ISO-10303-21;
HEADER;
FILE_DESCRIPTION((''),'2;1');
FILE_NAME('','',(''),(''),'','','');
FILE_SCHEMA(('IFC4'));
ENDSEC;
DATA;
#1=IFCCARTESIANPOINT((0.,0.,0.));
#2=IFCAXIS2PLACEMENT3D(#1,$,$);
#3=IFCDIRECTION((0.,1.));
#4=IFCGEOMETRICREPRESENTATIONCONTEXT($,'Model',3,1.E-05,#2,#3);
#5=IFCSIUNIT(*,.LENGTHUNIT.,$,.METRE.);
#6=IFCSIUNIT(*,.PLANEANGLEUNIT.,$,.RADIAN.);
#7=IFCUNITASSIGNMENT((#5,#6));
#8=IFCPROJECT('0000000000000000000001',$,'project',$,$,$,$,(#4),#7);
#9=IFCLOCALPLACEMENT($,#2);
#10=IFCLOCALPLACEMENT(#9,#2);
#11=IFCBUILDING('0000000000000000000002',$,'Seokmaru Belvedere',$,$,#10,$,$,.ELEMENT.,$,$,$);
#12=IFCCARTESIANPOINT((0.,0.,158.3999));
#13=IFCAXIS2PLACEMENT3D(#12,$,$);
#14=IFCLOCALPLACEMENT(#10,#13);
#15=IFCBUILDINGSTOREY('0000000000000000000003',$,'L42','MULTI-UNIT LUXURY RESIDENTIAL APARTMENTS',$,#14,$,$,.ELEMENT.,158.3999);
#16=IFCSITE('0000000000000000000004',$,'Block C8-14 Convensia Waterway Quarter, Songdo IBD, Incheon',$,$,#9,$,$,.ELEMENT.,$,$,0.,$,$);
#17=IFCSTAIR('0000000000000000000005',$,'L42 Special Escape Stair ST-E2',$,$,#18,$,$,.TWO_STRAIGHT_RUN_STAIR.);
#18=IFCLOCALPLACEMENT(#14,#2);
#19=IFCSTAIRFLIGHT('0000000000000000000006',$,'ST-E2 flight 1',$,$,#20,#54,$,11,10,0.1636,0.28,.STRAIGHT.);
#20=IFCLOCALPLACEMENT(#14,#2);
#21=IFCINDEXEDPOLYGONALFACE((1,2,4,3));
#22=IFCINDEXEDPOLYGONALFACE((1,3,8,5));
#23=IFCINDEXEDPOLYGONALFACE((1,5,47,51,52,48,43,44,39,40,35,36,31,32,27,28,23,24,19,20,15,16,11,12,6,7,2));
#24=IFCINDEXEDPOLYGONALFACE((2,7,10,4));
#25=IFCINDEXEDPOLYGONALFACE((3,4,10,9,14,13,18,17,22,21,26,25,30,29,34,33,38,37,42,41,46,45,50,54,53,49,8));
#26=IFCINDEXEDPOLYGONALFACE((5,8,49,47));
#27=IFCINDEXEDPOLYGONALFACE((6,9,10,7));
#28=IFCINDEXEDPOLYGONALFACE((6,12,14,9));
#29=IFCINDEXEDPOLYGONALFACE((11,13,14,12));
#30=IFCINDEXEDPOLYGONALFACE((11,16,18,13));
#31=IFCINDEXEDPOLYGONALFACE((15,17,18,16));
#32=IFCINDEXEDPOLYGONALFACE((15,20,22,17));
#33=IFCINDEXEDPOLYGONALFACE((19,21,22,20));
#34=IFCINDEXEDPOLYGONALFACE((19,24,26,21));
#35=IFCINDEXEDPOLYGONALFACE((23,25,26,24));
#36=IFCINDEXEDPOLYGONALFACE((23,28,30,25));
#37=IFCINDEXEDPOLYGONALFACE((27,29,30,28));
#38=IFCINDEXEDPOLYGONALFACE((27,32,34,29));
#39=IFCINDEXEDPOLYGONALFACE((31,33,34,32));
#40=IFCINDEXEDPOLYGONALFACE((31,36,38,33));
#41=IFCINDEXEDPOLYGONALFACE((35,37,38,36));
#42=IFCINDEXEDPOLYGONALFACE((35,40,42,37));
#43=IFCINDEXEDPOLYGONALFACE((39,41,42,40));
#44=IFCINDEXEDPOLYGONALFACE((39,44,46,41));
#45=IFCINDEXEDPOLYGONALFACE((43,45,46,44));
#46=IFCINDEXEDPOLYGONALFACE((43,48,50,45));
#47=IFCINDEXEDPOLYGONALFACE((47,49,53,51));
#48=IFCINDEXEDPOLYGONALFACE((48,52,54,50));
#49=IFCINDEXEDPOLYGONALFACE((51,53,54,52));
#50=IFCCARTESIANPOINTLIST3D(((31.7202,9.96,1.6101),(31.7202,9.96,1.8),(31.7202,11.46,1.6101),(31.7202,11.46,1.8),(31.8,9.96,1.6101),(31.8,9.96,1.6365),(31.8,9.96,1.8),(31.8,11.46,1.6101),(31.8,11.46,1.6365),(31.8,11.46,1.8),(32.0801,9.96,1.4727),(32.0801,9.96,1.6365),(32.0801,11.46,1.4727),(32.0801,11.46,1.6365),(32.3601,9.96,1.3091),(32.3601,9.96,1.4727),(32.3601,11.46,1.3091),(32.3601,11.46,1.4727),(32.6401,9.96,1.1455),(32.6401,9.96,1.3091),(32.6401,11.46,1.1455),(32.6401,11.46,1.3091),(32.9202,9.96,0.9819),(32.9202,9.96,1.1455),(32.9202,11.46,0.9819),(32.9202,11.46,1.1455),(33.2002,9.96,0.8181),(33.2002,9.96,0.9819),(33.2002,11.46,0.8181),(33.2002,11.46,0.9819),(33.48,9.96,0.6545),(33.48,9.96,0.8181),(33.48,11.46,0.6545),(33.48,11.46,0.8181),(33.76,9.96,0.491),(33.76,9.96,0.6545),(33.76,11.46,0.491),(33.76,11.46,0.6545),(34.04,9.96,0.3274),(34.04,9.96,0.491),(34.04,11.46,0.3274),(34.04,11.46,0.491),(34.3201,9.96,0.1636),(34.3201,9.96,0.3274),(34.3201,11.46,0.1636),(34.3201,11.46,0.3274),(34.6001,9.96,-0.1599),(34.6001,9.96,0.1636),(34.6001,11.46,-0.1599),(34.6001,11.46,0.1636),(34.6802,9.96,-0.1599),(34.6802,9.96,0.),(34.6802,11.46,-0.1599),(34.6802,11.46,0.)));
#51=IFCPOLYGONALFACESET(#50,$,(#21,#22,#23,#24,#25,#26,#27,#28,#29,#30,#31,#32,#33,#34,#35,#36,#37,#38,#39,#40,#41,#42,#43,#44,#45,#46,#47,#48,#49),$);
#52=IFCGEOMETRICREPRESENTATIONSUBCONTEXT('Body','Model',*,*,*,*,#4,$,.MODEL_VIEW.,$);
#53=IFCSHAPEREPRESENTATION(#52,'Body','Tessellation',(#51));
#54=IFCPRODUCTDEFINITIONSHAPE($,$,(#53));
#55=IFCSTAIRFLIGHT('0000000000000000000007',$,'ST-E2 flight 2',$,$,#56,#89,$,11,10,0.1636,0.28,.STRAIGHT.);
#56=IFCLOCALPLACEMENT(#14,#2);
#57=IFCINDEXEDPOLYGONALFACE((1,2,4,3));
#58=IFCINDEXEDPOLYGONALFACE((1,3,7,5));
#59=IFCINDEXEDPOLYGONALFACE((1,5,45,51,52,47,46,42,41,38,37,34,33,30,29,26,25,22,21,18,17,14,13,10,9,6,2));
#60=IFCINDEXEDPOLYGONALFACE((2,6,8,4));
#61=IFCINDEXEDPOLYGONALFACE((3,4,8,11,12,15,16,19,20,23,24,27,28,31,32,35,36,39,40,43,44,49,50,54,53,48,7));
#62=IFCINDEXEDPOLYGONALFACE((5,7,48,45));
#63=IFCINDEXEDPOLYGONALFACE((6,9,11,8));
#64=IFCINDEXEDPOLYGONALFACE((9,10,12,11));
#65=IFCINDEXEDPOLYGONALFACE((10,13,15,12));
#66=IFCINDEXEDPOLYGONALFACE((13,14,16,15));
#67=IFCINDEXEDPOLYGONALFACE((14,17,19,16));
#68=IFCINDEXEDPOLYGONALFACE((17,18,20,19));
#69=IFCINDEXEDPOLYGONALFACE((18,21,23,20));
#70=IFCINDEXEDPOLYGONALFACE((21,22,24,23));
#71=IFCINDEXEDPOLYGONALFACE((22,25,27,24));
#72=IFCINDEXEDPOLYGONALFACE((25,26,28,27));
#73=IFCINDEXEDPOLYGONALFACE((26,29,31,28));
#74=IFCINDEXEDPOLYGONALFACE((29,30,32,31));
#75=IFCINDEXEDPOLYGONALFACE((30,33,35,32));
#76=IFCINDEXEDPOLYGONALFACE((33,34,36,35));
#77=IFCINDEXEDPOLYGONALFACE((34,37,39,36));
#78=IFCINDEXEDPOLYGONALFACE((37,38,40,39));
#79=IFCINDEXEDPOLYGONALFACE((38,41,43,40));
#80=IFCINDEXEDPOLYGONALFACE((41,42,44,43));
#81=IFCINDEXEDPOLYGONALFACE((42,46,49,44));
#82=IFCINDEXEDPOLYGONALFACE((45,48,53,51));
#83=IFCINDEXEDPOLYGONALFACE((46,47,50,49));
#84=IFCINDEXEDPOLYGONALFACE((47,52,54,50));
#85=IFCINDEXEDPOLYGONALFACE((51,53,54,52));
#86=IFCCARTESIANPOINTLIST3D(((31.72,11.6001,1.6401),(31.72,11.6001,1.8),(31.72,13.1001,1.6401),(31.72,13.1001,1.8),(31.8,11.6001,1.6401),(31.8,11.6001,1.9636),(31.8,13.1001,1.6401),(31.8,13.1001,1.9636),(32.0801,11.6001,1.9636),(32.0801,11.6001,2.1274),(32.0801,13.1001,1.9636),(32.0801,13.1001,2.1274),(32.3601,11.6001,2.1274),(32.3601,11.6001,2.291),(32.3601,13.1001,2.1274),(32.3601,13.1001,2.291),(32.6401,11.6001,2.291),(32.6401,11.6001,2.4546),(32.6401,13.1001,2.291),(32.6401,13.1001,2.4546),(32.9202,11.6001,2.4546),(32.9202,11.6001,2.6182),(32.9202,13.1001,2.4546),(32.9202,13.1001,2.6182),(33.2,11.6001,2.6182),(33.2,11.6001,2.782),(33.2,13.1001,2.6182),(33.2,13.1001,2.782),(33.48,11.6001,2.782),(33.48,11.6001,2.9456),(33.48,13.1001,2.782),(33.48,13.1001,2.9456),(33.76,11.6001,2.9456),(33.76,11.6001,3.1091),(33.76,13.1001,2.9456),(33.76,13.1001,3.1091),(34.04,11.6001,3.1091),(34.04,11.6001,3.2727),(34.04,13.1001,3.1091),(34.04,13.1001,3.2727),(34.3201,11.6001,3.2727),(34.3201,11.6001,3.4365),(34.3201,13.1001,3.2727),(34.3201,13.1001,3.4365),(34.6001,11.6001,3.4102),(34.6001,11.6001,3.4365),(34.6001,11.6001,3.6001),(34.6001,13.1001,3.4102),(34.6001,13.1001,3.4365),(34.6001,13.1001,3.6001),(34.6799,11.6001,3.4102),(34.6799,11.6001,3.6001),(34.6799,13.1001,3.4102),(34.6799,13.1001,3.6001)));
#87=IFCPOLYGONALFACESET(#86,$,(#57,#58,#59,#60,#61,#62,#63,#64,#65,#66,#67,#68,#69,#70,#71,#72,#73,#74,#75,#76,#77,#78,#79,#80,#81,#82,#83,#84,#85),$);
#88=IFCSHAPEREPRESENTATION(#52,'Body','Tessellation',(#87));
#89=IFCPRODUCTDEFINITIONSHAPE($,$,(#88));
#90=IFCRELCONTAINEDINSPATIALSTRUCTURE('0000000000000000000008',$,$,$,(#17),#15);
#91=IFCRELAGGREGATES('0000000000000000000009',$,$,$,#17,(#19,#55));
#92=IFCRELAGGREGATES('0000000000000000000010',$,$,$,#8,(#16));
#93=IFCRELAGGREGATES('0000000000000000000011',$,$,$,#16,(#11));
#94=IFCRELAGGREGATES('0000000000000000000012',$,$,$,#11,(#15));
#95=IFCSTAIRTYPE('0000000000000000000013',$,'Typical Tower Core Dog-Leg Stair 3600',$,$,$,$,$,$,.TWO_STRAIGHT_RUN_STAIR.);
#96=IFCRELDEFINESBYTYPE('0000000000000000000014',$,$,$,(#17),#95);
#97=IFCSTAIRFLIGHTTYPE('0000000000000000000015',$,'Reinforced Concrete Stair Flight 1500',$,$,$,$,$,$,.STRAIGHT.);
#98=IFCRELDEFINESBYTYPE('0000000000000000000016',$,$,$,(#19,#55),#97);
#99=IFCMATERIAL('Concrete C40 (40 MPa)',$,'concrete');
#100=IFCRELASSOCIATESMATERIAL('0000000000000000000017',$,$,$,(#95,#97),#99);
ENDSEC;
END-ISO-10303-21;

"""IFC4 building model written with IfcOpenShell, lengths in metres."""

from ifc_helpers import new_model, si_unit, direction, frame, origin, place, context, subcontext, project, spatial, polyline, outline, extrude, material, type_object, element, aggregate, save


model = new_model("IFC4")

# Units and contexts
model_context = context("Model", 3, precision=1e-05, world=origin(), true_north=direction((0.0, 1.0)))
body_context = subcontext(model_context, "Body", "Model", "MODEL_VIEW")
ifc_project = project(units=[si_unit("LENGTHUNIT", "METRE"), si_unit("PLANEANGLEUNIT", "RADIAN")], contexts=[model_context])

# Site, building, storey
site_placement = place(None, origin())
site = spatial("IfcSite", under=ifc_project, at=site_placement, Name="Block C8-14 Convensia Waterway Quarter, Songdo IBD, Incheon", CompositionType="ELEMENT", RefElevation=0.0)
building_placement = place(site_placement, origin())
building = spatial("IfcBuilding", under=site, at=building_placement, Name="Seokmaru Belvedere", CompositionType="ELEMENT")
storey_placement = place(building_placement, frame((0.0, 0.0, 158.3999)))
storey = spatial("IfcBuildingStorey", under=building, at=storey_placement, Name="L42", Description="MULTI-UNIT LUXURY RESIDENTIAL APARTMENTS", CompositionType="ELEMENT", Elevation=158.3999)

# Stair, stair flights
ifc_material_1 = material(Name="Concrete C40 (40 MPa)", Category="concrete")
stair_type = type_object("IfcStairType", Name="Typical Tower Core Dog-Leg Stair 3600", PredefinedType="TWO_STRAIGHT_RUN_STAIR", material=ifc_material_1)
stair_placement = place(storey_placement, origin())
stair = element("IfcStair", 1, at=stair_placement, inside=storey, type_object=stair_type, Name="L42 Special Escape Stair ST-E2", PredefinedType="TWO_STRAIGHT_RUN_STAIR")
stair_flight_type = type_object("IfcStairFlightType", Name="Reinforced Concrete Stair Flight 1500", PredefinedType="STRAIGHT", material=ifc_material_1)
stair_flight_1_placement = place(storey_placement, frame((34.6001, 10.71, 0.0), z_axis=(0.0, 0.0, 1.0), x_axis=(-1.0, 0.0, 0.0)))
stair_flight_1 = element("IfcStairFlight", 2, at=stair_flight_1_placement, type_object=stair_flight_type, Name="ST-E2 flight 1", NumberOfRisers=11, NumberOfTreads=10, PredefinedType="STRAIGHT", RiserHeight=0.1636, TreadLength=0.28, context=body_context, shape_type="SweptSolid", body=[
    extrude(outline(polyline([(-0.0801, 0.0), (0.0, 0.1636), (0.28, 0.1636), (0.28, 0.3274), (0.5601, 0.3274), (0.5601, 0.491), (0.8401, 0.491), (0.8401, 0.6545), (1.1201, 0.6545), (1.1201, 0.8181), (1.3999, 0.8181), (1.3999, 0.9819), (1.6799, 0.9819), (1.6799, 1.1455), (1.96, 1.1455), (1.96, 1.3091), (2.24, 1.3091), (2.24, 1.4727), (2.52, 1.4727), (2.52, 1.6365), (2.8, 1.6365), (2.8, 1.8), (2.8799, 1.8), (2.8799, 1.6101), (2.8, 1.6101), (0.0, -0.1599), (-0.0801, -0.1599), (-0.0801, 0.0)])), frame((0.0, 0.75, 0.0), z_axis=(0.0, -1.0, 0.0), x_axis=(1.0, 0.0, 0.0)), (0.0, 0.0, 1.0), 1.5),
])
stair_flight_2_placement = place(storey_placement, frame((31.8, 12.3501, 1.8), z_axis=(0.0, 0.0, 1.0), x_axis=(1.0, 0.0, 0.0)))
stair_flight_2 = element("IfcStairFlight", 3, at=stair_flight_2_placement, type_object=stair_flight_type, Name="ST-E2 flight 2", NumberOfRisers=11, NumberOfTreads=10, PredefinedType="STRAIGHT", RiserHeight=0.1636, TreadLength=0.28, context=body_context, shape_type="SweptSolid", body=[
    extrude(outline(polyline([(-0.0801, 0.0), (0.0, 0.1636), (0.28, 0.1636), (0.28, 0.3274), (0.5601, 0.3274), (0.5601, 0.491), (0.8401, 0.491), (0.8401, 0.6545), (1.1201, 0.6545), (1.1201, 0.8181), (1.3999, 0.8181), (1.3999, 0.9819), (1.6799, 0.9819), (1.6799, 1.1455), (1.96, 1.1455), (1.96, 1.3091), (2.24, 1.3091), (2.24, 1.4727), (2.52, 1.4727), (2.52, 1.6365), (2.8, 1.6365), (2.8, 1.8), (2.8799, 1.8), (2.8799, 1.6101), (2.8, 1.6101), (0.0, -0.1599), (-0.0801, -0.1599), (-0.0801, 0.0)])), frame((0.0, 0.75, 0.0), z_axis=(0.0, -1.0, 0.0), x_axis=(1.0, 0.0, 0.0)), (0.0, 0.0, 1.0), 1.5),
])
aggregate(stair, [stair_flight_1, stair_flight_2])

save(model, "model.ifc")
